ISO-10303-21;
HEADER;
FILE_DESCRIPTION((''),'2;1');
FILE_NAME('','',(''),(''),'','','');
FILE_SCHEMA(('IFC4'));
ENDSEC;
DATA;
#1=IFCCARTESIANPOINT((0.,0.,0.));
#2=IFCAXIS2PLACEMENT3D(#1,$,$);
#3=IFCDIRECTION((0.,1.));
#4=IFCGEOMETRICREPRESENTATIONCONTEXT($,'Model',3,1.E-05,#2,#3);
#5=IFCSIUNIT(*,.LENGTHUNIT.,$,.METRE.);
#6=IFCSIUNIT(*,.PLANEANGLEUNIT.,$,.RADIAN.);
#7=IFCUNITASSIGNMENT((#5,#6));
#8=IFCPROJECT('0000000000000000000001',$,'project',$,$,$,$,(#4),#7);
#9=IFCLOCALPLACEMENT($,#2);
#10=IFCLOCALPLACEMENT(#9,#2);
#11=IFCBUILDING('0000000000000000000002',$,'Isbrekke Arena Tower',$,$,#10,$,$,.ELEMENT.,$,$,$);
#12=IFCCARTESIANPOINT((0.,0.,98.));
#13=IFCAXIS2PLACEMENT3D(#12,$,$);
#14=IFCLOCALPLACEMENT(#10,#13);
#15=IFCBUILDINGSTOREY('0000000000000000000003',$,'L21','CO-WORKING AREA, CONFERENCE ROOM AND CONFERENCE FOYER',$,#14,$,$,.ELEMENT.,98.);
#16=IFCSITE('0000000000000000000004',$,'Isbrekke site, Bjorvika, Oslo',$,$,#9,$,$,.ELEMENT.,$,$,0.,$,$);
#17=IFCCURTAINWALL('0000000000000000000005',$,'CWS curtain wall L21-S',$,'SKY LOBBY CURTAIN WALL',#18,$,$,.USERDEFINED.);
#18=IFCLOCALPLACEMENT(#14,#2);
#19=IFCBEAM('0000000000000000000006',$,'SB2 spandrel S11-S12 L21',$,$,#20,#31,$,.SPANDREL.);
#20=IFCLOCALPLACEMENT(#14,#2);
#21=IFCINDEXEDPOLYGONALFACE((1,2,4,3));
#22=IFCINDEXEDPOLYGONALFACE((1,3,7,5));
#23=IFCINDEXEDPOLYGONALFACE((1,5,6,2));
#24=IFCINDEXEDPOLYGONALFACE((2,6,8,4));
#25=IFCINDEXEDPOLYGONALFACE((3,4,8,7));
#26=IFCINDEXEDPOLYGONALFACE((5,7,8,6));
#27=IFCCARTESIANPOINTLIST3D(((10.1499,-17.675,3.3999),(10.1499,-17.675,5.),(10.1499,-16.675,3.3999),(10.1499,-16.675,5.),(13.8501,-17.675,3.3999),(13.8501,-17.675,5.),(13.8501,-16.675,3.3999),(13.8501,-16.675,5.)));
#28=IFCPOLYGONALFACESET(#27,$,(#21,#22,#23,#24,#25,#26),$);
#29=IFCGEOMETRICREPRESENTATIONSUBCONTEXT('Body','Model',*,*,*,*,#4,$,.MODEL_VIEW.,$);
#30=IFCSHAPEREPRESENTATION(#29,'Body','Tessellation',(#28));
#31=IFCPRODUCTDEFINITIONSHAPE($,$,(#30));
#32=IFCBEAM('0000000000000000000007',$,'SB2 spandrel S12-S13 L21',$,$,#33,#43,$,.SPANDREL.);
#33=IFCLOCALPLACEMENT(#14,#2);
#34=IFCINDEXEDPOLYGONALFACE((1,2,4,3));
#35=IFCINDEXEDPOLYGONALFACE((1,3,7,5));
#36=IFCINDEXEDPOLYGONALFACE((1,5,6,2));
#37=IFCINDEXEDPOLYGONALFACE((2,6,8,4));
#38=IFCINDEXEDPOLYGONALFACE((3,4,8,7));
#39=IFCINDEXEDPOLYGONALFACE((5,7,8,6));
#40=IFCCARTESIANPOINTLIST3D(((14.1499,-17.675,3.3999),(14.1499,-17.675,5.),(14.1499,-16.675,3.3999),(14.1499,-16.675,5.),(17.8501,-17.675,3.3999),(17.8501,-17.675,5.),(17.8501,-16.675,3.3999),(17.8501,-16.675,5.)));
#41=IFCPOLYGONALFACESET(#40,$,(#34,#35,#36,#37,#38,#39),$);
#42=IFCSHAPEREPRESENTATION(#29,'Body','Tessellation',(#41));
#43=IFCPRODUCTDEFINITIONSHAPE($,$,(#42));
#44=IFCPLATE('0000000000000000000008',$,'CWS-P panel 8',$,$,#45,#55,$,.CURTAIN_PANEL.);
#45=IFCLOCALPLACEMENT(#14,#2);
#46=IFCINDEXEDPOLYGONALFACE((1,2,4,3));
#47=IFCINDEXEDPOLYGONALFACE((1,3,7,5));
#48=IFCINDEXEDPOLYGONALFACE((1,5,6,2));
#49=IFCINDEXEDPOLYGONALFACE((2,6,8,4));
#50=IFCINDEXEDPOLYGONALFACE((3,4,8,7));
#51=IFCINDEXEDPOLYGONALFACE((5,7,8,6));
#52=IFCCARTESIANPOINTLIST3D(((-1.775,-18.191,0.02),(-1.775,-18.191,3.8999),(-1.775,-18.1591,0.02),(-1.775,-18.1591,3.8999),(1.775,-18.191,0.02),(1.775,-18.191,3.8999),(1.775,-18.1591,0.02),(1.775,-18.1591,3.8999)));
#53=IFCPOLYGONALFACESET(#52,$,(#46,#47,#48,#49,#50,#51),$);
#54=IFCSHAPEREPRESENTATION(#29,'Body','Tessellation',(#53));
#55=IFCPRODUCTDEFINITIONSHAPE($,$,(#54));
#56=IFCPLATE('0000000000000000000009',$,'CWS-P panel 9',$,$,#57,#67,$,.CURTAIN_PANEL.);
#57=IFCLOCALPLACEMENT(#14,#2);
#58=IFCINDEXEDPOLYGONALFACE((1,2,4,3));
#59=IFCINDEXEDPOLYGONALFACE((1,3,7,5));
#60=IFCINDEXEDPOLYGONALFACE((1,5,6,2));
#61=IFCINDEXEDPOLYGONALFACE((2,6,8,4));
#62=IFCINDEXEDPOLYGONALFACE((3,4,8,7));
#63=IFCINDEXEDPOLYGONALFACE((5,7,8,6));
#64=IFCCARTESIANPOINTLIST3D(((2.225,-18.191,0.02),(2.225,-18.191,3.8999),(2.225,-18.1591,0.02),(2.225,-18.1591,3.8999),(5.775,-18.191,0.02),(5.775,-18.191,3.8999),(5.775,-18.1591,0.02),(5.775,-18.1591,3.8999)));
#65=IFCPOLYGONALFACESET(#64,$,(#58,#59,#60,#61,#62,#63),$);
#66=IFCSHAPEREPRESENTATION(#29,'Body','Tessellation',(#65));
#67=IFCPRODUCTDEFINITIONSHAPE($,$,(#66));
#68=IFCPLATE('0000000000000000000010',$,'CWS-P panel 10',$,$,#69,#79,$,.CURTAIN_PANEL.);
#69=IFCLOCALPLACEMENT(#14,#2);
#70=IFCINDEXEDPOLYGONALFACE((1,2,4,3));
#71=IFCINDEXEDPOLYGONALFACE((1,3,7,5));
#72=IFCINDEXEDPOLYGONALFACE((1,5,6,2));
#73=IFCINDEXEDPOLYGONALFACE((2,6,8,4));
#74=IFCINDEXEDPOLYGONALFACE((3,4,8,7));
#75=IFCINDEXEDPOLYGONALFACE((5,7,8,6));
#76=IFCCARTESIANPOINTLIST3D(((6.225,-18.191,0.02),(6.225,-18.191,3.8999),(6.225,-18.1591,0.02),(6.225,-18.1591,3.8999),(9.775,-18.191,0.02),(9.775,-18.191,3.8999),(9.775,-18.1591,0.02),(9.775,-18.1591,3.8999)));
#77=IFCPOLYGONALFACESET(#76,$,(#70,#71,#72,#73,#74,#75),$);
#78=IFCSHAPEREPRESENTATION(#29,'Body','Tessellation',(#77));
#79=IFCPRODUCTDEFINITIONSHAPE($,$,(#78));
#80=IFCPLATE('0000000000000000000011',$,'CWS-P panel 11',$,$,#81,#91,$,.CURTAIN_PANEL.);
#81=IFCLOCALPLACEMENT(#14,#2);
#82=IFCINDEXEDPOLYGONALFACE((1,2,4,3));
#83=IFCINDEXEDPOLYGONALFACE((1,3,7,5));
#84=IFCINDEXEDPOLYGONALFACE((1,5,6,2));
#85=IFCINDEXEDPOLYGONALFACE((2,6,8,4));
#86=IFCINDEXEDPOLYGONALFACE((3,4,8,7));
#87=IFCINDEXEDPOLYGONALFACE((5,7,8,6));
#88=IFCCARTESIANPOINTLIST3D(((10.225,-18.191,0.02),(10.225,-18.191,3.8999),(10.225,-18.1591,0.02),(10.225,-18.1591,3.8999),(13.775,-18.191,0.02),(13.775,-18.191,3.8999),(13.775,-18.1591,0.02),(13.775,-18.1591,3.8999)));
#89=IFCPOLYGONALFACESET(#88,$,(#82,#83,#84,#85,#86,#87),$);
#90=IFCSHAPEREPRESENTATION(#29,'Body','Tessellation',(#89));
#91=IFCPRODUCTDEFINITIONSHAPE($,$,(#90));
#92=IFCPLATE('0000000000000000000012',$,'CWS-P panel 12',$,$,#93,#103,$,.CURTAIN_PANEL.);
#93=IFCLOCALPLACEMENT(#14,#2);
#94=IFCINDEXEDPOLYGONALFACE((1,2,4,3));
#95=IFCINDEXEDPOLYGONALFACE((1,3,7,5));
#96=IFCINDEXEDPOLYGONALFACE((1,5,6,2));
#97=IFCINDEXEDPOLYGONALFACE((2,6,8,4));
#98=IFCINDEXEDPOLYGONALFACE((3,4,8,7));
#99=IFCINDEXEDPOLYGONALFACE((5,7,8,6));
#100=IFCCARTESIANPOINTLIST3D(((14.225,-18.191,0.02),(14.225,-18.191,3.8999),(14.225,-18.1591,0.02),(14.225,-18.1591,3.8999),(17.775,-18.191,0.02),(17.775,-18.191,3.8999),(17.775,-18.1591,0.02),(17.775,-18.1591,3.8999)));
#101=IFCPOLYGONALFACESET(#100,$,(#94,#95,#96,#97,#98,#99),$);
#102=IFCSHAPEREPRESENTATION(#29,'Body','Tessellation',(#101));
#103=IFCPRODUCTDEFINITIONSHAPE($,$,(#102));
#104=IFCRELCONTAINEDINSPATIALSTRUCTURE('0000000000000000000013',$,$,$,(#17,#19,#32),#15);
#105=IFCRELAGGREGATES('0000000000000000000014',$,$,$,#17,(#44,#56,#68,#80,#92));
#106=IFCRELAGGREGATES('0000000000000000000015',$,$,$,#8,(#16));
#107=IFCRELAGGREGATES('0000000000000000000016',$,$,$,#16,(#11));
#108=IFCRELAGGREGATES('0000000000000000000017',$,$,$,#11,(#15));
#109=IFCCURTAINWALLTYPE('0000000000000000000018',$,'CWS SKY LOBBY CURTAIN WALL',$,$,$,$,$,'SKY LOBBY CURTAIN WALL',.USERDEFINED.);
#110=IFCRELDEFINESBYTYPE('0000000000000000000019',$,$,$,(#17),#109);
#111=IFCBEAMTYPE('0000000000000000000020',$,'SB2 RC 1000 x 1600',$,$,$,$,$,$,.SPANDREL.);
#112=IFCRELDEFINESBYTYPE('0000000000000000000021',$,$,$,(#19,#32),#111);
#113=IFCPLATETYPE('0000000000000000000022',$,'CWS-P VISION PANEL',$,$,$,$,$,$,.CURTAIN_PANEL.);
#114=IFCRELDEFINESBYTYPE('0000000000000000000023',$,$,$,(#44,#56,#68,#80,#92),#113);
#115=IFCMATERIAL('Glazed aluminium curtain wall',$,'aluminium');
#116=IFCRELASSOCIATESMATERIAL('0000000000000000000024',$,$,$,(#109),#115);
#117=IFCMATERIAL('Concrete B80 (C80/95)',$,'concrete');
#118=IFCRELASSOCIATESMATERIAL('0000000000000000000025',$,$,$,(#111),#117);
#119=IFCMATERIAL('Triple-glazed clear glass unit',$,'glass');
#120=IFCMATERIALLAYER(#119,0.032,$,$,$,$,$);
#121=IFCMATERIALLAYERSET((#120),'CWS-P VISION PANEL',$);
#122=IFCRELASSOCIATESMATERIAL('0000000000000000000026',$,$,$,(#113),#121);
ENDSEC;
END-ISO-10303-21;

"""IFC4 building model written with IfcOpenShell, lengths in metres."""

from ifc_helpers import new_model, si_unit, direction, frame, origin, origin_2d, place, context, subcontext, project, spatial, rectangle, extrude, material, layer, layer_set, material_profile, profile_set, type_object, element, aggregate, save


model = new_model("IFC4")

# Units and contexts
model_context = context("Model", 3, precision=1e-05, world=origin(), true_north=direction((0.0, 1.0)))
body_context = subcontext(model_context, "Body", "Model", "MODEL_VIEW")
ifc_project = project(units=[si_unit("LENGTHUNIT", "METRE"), si_unit("PLANEANGLEUNIT", "RADIAN")], contexts=[model_context])

# Site, building, storey
site_placement = place(None, origin())
site = spatial("IfcSite", under=ifc_project, at=site_placement, Name="Isbrekke site, Bjorvika, Oslo", CompositionType="ELEMENT", RefElevation=0.0)
building_placement = place(site_placement, origin())
building = spatial("IfcBuilding", under=site, at=building_placement, Name="Isbrekke Arena Tower", CompositionType="ELEMENT")
storey_placement = place(building_placement, frame((0.0, 0.0, 98.0)))
storey = spatial("IfcBuildingStorey", under=building, at=storey_placement, Name="L21", Description="CO-WORKING AREA, CONFERENCE ROOM AND CONFERENCE FOYER", CompositionType="ELEMENT", Elevation=98.0)

# Curtain wall
ifc_material_1 = material(Name="Glazed aluminium curtain wall", Category="aluminium")
curtain_wall_type = type_object("IfcCurtainWallType", Name="CWS SKY LOBBY CURTAIN WALL", ElementType="SKY LOBBY CURTAIN WALL", PredefinedType="USERDEFINED", material=ifc_material_1)
curtain_wall_placement = place(storey_placement, origin())
curtain_wall = element("IfcCurtainWall", 1, at=curtain_wall_placement, inside=storey, type_object=curtain_wall_type, Name="CWS curtain wall L21-S", ObjectType="SKY LOBBY CURTAIN WALL", PredefinedType="USERDEFINED")

# Beams
ifc_material_2 = material(Name="Concrete B80 (C80/95)", Category="concrete")
ifc_material_profile_1 = material_profile(ifc_material_2, rectangle(XDim=1.0, YDim=1.6001, at=origin_2d()), Name="RC 1000x1600")
ifc_profile_set_1 = profile_set([ifc_material_profile_1], Name="Concrete B80 (C80/95)")
beam_type_1 = type_object("IfcBeamType", Name="SB2 RC 1000 x 1600", PredefinedType="SPANDREL", material=ifc_profile_set_1)
for number, where, z_axis, x_axis, name in (
    (2, (10.1499, -17.175, 4.2), (1.0, 0.0, 0.0), (0.0, 1.0, 0.0), "SB2 spandrel S11-S12 L21"),
    (3, (14.1499, -17.175, 4.2), (1.0, 0.0, 0.0), (0.0, 1.0, 0.0), "SB2 spandrel S12-S13 L21"),
):
    element("IfcBeam", number, at=place(storey_placement, frame(where, z_axis=z_axis, x_axis=x_axis)), inside=storey, type_object=beam_type_1, Name=name, PredefinedType="SPANDREL", context=body_context, shape_type="SweptSolid", body=[
        extrude(rectangle(XDim=1.0, YDim=1.6001, at=origin_2d()), origin(), (0.0, 0.0, 1.0), 3.7002),
    ])

# Plates
ifc_material_3 = material(Name="Triple-glazed clear glass unit", Category="glass")
ifc_layer = layer(ifc_material_3, 0.032)
ifc_layer_set = layer_set([ifc_layer], Name="CWS-P VISION PANEL")
plate_type = type_object("IfcPlateType", Name="CWS-P VISION PANEL", PredefinedType="CURTAIN_PANEL", material=ifc_layer_set)
plate_1_placement = place(storey_placement, frame((0.0, -18.175, 0.02), z_axis=(0.0, 0.0, 1.0), x_axis=(1.0, 0.0, 0.0)))
plate_1 = element("IfcPlate", 4, at=plate_1_placement, type_object=plate_type, Name="CWS-P panel 8", PredefinedType="CURTAIN_PANEL", context=body_context, shape_type="SweptSolid", body=[
    extrude(rectangle(XDim=3.55, YDim=0.032, at=origin_2d()), origin(), (0.0, 0.0, 1.0), 3.8799),
])
plate_2_placement = place(storey_placement, frame((4.0, -18.175, 0.02), z_axis=(0.0, 0.0, 1.0), x_axis=(1.0, 0.0, 0.0)))
plate_2 = element("IfcPlate", 5, at=plate_2_placement, type_object=plate_type, Name="CWS-P panel 9", PredefinedType="CURTAIN_PANEL", context=body_context, shape_type="SweptSolid", body=[
    extrude(rectangle(XDim=3.55, YDim=0.032, at=origin_2d()), origin(), (0.0, 0.0, 1.0), 3.8799),
])
plate_3_placement = place(storey_placement, frame((8.0, -18.175, 0.02), z_axis=(0.0, 0.0, 1.0), x_axis=(1.0, 0.0, 0.0)))
plate_3 = element("IfcPlate", 6, at=plate_3_placement, type_object=plate_type, Name="CWS-P panel 10", PredefinedType="CURTAIN_PANEL", context=body_context, shape_type="SweptSolid", body=[
    extrude(rectangle(XDim=3.55, YDim=0.032, at=origin_2d()), origin(), (0.0, 0.0, 1.0), 3.8799),
])
plate_4_placement = place(storey_placement, frame((12.0, -18.175, 0.02), z_axis=(0.0, 0.0, 1.0), x_axis=(1.0, 0.0, 0.0)))
plate_4 = element("IfcPlate", 7, at=plate_4_placement, type_object=plate_type, Name="CWS-P panel 11", PredefinedType="CURTAIN_PANEL", context=body_context, shape_type="SweptSolid", body=[
    extrude(rectangle(XDim=3.55, YDim=0.032, at=origin_2d()), origin(), (0.0, 0.0, 1.0), 3.8799),
])
plate_5_placement = place(storey_placement, frame((16.0, -18.175, 0.02), z_axis=(0.0, 0.0, 1.0), x_axis=(1.0, 0.0, 0.0)))
plate_5 = element("IfcPlate", 8, at=plate_5_placement, type_object=plate_type, Name="CWS-P panel 12", PredefinedType="CURTAIN_PANEL", context=body_context, shape_type="SweptSolid", body=[
    extrude(rectangle(XDim=3.55, YDim=0.032, at=origin_2d()), origin(), (0.0, 0.0, 1.0), 3.8799),
])
aggregate(curtain_wall, [plate_1, plate_2, plate_3, plate_4, plate_5])

save(model, "model.ifc")
